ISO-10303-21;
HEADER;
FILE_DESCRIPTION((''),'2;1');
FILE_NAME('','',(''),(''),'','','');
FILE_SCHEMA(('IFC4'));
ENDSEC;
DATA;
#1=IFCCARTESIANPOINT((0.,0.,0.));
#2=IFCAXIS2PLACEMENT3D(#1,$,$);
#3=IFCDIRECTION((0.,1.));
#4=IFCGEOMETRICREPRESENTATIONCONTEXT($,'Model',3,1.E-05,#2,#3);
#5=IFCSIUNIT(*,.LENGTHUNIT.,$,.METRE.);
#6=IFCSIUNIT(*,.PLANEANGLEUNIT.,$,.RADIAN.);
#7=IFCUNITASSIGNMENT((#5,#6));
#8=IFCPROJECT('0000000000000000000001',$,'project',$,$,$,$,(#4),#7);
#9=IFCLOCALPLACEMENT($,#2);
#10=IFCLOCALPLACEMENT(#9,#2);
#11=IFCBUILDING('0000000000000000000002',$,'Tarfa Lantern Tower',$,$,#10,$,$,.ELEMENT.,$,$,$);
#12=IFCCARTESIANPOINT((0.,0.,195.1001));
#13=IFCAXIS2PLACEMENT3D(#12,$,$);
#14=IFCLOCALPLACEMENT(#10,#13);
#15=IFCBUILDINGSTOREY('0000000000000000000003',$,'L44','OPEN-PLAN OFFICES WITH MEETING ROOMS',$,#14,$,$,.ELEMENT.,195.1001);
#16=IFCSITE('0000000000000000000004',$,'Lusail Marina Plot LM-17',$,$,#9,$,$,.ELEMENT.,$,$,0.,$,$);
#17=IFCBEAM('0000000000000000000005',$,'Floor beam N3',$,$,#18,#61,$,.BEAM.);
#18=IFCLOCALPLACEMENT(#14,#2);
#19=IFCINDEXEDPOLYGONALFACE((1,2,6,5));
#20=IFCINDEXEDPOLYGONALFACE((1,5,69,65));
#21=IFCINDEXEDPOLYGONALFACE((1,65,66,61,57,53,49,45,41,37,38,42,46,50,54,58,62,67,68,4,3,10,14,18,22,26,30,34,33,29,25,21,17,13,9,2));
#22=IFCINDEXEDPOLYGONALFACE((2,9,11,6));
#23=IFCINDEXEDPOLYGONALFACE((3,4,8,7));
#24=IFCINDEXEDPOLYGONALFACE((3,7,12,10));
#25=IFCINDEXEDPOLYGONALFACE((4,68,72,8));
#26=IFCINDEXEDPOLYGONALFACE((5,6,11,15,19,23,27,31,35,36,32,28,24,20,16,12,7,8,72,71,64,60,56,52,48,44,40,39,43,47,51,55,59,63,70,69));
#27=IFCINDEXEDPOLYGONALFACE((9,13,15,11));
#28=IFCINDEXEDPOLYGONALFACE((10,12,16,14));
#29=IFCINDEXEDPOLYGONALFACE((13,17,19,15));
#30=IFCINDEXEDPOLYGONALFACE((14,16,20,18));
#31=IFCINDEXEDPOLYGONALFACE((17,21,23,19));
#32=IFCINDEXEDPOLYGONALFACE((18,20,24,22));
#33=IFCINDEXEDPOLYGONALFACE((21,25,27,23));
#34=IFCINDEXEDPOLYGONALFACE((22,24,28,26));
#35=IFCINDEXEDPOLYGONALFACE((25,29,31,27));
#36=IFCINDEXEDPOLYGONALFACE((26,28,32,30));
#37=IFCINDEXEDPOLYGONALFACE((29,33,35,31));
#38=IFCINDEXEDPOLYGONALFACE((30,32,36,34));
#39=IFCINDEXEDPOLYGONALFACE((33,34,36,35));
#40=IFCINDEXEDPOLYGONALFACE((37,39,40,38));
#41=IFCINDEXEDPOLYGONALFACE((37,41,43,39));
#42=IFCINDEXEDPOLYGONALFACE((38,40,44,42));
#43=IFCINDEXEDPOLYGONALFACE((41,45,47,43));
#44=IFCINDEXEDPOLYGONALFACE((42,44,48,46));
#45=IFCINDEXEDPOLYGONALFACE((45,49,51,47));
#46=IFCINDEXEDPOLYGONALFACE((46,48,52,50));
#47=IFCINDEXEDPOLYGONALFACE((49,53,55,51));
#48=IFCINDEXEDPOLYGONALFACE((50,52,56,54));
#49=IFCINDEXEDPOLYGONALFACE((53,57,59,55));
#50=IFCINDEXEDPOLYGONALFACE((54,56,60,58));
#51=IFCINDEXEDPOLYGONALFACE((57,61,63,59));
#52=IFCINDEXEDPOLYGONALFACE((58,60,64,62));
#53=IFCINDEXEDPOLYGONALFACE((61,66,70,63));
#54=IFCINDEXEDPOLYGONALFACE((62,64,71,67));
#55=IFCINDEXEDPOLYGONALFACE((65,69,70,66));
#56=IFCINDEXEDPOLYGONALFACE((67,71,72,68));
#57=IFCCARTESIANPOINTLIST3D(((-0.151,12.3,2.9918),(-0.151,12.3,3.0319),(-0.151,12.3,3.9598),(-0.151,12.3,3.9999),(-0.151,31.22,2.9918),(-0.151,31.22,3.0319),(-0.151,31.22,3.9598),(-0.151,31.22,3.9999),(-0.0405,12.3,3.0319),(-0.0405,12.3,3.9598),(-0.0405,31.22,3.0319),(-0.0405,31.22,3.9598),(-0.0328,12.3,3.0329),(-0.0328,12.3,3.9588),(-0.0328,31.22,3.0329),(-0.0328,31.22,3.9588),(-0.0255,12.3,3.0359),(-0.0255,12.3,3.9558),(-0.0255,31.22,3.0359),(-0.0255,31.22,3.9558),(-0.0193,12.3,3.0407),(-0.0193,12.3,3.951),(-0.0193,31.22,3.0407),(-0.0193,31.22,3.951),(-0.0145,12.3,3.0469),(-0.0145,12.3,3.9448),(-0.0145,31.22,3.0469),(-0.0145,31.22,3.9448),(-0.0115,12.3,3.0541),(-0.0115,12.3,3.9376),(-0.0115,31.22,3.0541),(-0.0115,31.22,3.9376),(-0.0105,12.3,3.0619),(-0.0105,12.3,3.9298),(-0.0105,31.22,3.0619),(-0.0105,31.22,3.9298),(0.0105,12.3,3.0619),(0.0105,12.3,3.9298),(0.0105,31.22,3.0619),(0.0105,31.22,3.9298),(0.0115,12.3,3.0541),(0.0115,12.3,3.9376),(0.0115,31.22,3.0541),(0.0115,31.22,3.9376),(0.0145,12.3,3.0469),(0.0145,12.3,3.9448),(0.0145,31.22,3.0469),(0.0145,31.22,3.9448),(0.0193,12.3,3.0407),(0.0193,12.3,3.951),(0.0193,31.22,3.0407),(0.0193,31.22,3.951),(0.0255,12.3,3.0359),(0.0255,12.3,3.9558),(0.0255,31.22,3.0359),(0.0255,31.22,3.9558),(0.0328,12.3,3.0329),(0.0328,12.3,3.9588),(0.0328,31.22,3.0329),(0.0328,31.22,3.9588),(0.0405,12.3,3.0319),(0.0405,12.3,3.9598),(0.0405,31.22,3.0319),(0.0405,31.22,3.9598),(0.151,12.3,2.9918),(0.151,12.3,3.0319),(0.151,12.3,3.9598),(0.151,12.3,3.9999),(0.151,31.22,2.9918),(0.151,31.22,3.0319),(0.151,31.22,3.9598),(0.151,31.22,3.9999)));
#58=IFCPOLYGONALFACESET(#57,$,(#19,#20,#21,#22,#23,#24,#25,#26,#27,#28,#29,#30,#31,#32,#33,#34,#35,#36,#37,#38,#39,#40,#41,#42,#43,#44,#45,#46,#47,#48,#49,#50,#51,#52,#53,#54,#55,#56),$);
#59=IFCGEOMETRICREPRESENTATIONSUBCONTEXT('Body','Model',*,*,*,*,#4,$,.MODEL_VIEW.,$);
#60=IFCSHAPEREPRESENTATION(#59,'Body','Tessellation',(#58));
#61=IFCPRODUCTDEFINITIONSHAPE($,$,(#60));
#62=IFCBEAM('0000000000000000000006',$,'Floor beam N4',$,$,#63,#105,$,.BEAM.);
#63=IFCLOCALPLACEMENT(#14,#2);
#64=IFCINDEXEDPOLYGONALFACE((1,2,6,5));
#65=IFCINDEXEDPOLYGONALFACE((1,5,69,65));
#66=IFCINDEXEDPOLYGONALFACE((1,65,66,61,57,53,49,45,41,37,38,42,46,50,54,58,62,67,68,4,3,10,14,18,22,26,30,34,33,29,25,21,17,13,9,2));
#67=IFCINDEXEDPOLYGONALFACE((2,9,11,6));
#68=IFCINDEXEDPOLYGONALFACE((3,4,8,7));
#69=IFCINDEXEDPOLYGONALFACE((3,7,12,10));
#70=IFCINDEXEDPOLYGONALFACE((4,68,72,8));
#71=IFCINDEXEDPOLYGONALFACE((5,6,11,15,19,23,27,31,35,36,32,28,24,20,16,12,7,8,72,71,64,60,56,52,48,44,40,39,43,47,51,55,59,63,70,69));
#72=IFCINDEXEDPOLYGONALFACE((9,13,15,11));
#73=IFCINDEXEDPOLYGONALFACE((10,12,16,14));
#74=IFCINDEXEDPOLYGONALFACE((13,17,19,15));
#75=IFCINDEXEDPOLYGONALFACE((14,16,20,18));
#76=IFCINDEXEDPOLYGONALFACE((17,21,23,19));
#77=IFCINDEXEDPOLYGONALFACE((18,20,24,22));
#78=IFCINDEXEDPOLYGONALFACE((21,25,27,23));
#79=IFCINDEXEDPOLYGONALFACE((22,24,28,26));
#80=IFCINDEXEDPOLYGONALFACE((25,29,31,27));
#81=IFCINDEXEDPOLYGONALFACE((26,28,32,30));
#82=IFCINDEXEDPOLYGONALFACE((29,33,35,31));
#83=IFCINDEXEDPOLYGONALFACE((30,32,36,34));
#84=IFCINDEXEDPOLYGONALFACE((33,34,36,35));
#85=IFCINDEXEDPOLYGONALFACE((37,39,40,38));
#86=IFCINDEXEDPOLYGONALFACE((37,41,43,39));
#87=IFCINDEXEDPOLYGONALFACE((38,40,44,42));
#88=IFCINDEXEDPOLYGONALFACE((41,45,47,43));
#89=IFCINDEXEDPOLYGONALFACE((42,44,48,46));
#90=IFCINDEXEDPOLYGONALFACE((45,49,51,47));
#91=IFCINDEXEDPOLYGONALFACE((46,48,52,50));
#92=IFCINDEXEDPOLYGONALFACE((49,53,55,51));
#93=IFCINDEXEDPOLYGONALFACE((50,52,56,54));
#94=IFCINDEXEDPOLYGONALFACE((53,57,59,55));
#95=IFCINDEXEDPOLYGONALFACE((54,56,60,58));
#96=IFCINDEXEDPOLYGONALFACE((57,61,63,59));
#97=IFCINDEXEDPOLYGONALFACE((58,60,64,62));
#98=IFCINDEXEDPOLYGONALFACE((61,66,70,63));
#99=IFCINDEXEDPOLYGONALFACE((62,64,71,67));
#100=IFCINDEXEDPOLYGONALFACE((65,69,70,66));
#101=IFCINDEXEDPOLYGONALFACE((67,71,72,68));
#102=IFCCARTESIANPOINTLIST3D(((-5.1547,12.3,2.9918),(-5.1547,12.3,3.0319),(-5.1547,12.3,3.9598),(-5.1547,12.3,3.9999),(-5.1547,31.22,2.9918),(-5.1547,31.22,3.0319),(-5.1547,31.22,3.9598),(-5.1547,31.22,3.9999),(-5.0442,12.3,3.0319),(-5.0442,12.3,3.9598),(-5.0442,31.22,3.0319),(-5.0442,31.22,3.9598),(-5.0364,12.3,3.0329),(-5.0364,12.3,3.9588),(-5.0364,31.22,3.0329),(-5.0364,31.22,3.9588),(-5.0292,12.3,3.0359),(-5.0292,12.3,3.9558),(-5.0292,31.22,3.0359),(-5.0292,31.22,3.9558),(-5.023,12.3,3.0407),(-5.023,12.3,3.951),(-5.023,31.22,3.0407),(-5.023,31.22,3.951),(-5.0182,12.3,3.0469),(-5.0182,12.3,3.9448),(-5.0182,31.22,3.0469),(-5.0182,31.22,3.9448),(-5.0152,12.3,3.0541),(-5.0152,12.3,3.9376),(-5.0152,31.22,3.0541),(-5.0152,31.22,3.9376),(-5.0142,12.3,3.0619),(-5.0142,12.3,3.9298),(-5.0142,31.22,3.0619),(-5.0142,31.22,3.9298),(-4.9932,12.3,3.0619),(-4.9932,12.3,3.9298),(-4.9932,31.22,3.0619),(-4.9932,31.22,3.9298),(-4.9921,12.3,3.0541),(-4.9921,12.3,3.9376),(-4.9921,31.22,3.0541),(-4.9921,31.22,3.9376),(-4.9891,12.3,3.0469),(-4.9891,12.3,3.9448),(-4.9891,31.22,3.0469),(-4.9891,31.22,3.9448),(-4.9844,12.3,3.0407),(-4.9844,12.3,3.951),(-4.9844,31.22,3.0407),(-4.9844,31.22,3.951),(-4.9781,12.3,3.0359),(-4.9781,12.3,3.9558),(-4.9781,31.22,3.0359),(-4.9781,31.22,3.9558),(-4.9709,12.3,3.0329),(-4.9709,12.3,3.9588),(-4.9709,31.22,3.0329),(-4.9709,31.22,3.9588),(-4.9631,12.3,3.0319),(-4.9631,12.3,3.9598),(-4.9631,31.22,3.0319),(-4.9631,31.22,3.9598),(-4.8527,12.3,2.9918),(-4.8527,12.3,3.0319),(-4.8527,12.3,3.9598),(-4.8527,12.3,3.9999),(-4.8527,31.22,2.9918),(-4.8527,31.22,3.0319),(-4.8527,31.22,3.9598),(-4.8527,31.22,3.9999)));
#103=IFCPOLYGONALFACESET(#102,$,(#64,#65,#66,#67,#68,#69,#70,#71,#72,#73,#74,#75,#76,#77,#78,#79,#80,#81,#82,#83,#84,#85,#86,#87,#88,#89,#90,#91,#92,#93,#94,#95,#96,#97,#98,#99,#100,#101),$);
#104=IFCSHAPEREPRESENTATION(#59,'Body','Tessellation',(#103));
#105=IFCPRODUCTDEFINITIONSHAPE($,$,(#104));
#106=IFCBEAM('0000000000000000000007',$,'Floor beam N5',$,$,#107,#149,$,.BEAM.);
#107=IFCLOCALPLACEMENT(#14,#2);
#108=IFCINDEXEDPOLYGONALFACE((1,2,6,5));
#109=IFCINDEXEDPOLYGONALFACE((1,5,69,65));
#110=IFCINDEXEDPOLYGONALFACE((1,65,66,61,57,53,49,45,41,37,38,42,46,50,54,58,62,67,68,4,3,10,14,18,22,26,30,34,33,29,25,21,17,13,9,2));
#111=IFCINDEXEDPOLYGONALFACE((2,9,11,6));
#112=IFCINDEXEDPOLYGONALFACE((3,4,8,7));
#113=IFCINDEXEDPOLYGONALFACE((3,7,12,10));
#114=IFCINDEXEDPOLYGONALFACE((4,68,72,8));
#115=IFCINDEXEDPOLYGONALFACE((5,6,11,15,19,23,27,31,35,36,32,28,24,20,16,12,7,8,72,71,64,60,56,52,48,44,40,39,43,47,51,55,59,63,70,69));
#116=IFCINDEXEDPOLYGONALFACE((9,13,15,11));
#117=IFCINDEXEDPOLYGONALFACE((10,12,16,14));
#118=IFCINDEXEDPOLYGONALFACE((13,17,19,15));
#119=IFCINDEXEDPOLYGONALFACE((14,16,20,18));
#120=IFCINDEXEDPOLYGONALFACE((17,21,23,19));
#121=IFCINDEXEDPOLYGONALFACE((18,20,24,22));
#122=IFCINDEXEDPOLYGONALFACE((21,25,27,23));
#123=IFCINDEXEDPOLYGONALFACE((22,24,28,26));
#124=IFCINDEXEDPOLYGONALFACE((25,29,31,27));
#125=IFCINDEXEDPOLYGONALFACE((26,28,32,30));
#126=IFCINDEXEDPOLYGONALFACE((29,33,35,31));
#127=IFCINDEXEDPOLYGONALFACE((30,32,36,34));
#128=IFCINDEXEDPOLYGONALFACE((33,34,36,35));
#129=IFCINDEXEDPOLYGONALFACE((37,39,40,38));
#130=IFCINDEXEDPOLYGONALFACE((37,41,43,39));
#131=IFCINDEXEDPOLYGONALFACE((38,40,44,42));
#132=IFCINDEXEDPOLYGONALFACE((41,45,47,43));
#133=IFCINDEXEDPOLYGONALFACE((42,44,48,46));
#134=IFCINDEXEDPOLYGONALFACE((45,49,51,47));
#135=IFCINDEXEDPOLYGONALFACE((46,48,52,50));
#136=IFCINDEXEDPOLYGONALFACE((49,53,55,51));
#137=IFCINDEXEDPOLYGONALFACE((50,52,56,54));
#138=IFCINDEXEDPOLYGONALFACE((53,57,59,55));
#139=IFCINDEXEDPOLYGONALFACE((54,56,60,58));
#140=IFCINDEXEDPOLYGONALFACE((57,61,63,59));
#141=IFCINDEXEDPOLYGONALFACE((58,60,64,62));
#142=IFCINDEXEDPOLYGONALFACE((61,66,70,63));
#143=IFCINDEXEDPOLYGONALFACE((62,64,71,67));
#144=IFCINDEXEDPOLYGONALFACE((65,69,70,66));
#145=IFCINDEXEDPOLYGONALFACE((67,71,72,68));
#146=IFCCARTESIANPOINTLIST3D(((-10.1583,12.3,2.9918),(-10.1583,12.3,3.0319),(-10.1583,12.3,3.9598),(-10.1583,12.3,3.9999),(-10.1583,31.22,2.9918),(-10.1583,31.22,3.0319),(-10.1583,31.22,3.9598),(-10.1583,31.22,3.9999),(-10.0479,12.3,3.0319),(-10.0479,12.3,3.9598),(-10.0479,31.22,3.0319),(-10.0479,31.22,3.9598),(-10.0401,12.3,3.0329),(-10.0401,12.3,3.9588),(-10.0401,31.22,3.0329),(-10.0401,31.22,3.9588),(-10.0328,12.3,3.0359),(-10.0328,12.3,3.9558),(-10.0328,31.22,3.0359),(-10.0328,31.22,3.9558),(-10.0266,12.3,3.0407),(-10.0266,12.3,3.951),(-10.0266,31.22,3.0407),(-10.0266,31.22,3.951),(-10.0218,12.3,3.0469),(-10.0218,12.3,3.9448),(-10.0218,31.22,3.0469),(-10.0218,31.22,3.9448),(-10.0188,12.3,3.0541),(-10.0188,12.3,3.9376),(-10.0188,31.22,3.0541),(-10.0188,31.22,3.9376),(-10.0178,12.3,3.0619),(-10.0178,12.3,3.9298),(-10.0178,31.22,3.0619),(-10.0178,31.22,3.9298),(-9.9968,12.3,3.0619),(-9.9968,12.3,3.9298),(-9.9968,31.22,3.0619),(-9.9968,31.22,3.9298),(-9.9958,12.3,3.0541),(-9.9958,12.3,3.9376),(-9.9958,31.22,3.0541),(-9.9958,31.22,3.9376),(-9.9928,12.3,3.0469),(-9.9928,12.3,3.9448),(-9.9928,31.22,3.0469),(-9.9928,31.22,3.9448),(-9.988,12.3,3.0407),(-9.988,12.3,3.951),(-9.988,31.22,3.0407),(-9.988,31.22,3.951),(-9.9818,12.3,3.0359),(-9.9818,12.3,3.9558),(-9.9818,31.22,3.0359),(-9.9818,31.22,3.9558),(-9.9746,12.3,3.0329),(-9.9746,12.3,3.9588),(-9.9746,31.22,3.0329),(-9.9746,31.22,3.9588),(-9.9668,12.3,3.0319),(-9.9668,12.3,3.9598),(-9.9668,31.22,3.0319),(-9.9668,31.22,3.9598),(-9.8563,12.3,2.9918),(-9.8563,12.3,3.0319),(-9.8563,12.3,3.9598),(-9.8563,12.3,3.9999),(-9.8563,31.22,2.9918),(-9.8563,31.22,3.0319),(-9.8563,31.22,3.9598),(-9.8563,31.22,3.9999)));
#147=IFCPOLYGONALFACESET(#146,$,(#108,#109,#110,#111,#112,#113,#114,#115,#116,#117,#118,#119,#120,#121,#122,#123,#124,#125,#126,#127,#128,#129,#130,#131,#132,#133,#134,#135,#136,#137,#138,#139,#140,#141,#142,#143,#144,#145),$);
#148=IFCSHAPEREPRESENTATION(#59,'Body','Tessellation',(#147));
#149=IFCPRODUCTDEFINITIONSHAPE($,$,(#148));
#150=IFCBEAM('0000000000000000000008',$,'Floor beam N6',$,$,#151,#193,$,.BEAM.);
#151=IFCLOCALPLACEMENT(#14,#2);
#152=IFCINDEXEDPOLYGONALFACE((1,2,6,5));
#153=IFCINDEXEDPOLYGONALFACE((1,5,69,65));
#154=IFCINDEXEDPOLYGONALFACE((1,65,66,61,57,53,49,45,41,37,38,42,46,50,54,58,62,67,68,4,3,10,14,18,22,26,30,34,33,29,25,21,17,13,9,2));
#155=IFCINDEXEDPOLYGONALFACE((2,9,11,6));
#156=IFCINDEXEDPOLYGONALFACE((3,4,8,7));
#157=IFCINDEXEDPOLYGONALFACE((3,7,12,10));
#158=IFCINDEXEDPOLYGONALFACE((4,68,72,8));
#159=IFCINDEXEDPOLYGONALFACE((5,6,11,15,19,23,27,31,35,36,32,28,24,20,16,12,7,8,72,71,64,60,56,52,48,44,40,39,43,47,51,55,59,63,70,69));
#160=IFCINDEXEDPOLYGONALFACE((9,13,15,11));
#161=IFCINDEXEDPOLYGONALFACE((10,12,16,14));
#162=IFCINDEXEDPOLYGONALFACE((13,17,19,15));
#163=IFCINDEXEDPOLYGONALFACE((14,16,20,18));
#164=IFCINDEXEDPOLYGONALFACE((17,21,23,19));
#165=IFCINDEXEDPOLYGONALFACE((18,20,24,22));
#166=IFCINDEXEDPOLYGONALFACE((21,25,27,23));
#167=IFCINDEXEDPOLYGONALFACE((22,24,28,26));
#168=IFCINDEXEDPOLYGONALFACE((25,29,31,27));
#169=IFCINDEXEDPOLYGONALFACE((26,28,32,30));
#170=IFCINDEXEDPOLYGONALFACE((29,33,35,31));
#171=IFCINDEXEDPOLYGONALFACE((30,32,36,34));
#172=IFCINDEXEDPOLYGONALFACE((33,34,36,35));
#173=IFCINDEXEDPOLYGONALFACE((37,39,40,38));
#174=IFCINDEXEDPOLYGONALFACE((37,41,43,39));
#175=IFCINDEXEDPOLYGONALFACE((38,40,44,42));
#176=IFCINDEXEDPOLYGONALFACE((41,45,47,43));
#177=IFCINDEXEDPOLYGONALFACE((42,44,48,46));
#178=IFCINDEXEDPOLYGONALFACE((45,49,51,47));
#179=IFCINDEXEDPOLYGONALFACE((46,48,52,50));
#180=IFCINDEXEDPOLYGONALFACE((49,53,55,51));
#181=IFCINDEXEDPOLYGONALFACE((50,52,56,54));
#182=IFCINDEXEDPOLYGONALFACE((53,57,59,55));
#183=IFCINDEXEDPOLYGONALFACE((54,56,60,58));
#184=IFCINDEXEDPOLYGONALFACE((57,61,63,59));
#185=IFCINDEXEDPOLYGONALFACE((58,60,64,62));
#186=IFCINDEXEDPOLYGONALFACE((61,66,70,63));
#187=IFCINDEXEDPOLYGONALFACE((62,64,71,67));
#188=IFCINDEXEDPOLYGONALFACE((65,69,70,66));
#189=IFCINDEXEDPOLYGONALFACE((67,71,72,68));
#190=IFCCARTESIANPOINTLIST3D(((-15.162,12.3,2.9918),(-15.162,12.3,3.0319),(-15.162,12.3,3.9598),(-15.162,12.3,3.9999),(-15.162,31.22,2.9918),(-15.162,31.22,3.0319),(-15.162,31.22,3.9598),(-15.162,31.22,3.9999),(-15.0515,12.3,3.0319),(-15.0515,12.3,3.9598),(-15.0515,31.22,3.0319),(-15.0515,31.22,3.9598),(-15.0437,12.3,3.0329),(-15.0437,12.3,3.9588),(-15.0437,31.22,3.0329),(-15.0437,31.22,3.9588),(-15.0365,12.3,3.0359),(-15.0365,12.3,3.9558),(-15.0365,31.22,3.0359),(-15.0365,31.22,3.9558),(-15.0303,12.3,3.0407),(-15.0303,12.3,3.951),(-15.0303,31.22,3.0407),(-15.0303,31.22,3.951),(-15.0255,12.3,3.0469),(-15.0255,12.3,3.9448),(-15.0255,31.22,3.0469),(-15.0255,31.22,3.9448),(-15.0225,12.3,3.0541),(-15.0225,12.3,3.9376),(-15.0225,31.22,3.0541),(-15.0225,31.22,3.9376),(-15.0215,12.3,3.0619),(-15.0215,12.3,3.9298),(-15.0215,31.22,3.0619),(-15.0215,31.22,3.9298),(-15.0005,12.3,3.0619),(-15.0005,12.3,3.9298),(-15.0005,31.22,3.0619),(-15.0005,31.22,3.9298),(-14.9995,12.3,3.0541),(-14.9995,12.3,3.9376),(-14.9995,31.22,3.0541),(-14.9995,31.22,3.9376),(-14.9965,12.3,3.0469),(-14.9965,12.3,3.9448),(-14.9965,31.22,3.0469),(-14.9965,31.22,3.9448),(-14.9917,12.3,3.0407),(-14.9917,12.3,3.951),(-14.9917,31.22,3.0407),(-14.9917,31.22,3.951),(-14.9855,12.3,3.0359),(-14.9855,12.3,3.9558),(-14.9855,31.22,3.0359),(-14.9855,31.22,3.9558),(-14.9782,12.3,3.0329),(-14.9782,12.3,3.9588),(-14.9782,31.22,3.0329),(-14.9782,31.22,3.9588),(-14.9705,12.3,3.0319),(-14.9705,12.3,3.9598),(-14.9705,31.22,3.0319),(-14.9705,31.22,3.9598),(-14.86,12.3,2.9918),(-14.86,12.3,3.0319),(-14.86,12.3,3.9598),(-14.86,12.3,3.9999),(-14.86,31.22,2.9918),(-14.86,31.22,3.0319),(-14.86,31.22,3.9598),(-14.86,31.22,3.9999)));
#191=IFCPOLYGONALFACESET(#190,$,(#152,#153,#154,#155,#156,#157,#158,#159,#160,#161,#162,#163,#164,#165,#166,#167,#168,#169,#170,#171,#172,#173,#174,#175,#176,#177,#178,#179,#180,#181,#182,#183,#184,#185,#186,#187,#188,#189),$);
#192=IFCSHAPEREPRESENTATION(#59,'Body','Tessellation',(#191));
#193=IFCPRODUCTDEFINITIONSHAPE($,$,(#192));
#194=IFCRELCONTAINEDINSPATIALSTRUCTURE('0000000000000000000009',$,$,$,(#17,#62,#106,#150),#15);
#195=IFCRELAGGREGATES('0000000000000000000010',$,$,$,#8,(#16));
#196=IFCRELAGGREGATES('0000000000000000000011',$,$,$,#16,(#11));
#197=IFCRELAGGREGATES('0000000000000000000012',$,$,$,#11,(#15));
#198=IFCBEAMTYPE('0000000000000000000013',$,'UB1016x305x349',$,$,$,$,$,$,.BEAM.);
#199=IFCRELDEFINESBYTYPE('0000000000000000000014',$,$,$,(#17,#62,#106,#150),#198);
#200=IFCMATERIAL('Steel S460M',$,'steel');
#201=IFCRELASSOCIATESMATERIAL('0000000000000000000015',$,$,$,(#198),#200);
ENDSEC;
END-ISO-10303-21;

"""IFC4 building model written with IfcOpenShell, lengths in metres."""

from ifc_helpers import new_model, si_unit, direction, frame, origin, origin_2d, place, context, subcontext, project, spatial, i_section, extrude, material, material_profile, profile_set, type_object, element, save


model = new_model("IFC4")

# Units and contexts
model_context = context("Model", 3, precision=1e-05, world=origin(), true_north=direction((0.0, 1.0)))
body_context = subcontext(model_context, "Body", "Model", "MODEL_VIEW")
ifc_project = project(units=[si_unit("LENGTHUNIT", "METRE"), si_unit("PLANEANGLEUNIT", "RADIAN")], contexts=[model_context])

# Site, building, storey
site_placement = place(None, origin())
site = spatial("IfcSite", under=ifc_project, at=site_placement, Name="Lusail Marina Plot LM-17", CompositionType="ELEMENT", RefElevation=0.0)
building_placement = place(site_placement, origin())
building = spatial("IfcBuilding", under=site, at=building_placement, Name="Tarfa Lantern Tower", CompositionType="ELEMENT")
storey_placement = place(building_placement, frame((0.0, 0.0, 195.1001)))
storey = spatial("IfcBuildingStorey", under=building, at=storey_placement, Name="L44", Description="OPEN-PLAN OFFICES WITH MEETING ROOMS", CompositionType="ELEMENT", Elevation=195.1001)

# Beams
ifc_material_1 = material(Name="Steel S460M", Category="steel")
ifc_material_profile_1 = material_profile(ifc_material_1, i_section(OverallWidth=0.302, OverallDepth=1.0081, WebThickness=0.021, FlangeThickness=0.04, FilletRadius=0.03, at=origin_2d()), Name="UB1016x305x349")
ifc_profile_set_1 = profile_set([ifc_material_profile_1], Name="Steel S460M")
beam_type_1 = type_object("IfcBeamType", Name="UB1016x305x349", PredefinedType="BEAM", material=ifc_profile_set_1)
for number, where, z_axis, x_axis, name in (
    (1, (0.0, 31.22, 3.4958), (0.0, -1.0, 0.0), (1.0, 0.0, 0.0), "Floor beam N3"),
    (2, (-5.0037, 31.22, 3.4958), (0.0, -1.0, 0.0), (1.0, 0.0, 0.0), "Floor beam N4"),
    (3, (-10.0073, 31.22, 3.4958), (0.0, -1.0, 0.0), (1.0, 0.0, 0.0), "Floor beam N5"),
    (4, (-15.011, 31.22, 3.4958), (0.0, -1.0, 0.0), (1.0, 0.0, 0.0), "Floor beam N6"),
):
    element("IfcBeam", number, at=place(storey_placement, frame(where, z_axis=z_axis, x_axis=x_axis)), inside=storey, type_object=beam_type_1, Name=name, PredefinedType="BEAM", context=body_context, shape_type="SweptSolid", body=[
        extrude(i_section(OverallWidth=0.302, OverallDepth=1.0081, WebThickness=0.021, FlangeThickness=0.04, FilletRadius=0.03, at=origin_2d()), origin(), (0.0, 0.0, 1.0), 18.9199),
    ])

save(model, "model.ifc")
